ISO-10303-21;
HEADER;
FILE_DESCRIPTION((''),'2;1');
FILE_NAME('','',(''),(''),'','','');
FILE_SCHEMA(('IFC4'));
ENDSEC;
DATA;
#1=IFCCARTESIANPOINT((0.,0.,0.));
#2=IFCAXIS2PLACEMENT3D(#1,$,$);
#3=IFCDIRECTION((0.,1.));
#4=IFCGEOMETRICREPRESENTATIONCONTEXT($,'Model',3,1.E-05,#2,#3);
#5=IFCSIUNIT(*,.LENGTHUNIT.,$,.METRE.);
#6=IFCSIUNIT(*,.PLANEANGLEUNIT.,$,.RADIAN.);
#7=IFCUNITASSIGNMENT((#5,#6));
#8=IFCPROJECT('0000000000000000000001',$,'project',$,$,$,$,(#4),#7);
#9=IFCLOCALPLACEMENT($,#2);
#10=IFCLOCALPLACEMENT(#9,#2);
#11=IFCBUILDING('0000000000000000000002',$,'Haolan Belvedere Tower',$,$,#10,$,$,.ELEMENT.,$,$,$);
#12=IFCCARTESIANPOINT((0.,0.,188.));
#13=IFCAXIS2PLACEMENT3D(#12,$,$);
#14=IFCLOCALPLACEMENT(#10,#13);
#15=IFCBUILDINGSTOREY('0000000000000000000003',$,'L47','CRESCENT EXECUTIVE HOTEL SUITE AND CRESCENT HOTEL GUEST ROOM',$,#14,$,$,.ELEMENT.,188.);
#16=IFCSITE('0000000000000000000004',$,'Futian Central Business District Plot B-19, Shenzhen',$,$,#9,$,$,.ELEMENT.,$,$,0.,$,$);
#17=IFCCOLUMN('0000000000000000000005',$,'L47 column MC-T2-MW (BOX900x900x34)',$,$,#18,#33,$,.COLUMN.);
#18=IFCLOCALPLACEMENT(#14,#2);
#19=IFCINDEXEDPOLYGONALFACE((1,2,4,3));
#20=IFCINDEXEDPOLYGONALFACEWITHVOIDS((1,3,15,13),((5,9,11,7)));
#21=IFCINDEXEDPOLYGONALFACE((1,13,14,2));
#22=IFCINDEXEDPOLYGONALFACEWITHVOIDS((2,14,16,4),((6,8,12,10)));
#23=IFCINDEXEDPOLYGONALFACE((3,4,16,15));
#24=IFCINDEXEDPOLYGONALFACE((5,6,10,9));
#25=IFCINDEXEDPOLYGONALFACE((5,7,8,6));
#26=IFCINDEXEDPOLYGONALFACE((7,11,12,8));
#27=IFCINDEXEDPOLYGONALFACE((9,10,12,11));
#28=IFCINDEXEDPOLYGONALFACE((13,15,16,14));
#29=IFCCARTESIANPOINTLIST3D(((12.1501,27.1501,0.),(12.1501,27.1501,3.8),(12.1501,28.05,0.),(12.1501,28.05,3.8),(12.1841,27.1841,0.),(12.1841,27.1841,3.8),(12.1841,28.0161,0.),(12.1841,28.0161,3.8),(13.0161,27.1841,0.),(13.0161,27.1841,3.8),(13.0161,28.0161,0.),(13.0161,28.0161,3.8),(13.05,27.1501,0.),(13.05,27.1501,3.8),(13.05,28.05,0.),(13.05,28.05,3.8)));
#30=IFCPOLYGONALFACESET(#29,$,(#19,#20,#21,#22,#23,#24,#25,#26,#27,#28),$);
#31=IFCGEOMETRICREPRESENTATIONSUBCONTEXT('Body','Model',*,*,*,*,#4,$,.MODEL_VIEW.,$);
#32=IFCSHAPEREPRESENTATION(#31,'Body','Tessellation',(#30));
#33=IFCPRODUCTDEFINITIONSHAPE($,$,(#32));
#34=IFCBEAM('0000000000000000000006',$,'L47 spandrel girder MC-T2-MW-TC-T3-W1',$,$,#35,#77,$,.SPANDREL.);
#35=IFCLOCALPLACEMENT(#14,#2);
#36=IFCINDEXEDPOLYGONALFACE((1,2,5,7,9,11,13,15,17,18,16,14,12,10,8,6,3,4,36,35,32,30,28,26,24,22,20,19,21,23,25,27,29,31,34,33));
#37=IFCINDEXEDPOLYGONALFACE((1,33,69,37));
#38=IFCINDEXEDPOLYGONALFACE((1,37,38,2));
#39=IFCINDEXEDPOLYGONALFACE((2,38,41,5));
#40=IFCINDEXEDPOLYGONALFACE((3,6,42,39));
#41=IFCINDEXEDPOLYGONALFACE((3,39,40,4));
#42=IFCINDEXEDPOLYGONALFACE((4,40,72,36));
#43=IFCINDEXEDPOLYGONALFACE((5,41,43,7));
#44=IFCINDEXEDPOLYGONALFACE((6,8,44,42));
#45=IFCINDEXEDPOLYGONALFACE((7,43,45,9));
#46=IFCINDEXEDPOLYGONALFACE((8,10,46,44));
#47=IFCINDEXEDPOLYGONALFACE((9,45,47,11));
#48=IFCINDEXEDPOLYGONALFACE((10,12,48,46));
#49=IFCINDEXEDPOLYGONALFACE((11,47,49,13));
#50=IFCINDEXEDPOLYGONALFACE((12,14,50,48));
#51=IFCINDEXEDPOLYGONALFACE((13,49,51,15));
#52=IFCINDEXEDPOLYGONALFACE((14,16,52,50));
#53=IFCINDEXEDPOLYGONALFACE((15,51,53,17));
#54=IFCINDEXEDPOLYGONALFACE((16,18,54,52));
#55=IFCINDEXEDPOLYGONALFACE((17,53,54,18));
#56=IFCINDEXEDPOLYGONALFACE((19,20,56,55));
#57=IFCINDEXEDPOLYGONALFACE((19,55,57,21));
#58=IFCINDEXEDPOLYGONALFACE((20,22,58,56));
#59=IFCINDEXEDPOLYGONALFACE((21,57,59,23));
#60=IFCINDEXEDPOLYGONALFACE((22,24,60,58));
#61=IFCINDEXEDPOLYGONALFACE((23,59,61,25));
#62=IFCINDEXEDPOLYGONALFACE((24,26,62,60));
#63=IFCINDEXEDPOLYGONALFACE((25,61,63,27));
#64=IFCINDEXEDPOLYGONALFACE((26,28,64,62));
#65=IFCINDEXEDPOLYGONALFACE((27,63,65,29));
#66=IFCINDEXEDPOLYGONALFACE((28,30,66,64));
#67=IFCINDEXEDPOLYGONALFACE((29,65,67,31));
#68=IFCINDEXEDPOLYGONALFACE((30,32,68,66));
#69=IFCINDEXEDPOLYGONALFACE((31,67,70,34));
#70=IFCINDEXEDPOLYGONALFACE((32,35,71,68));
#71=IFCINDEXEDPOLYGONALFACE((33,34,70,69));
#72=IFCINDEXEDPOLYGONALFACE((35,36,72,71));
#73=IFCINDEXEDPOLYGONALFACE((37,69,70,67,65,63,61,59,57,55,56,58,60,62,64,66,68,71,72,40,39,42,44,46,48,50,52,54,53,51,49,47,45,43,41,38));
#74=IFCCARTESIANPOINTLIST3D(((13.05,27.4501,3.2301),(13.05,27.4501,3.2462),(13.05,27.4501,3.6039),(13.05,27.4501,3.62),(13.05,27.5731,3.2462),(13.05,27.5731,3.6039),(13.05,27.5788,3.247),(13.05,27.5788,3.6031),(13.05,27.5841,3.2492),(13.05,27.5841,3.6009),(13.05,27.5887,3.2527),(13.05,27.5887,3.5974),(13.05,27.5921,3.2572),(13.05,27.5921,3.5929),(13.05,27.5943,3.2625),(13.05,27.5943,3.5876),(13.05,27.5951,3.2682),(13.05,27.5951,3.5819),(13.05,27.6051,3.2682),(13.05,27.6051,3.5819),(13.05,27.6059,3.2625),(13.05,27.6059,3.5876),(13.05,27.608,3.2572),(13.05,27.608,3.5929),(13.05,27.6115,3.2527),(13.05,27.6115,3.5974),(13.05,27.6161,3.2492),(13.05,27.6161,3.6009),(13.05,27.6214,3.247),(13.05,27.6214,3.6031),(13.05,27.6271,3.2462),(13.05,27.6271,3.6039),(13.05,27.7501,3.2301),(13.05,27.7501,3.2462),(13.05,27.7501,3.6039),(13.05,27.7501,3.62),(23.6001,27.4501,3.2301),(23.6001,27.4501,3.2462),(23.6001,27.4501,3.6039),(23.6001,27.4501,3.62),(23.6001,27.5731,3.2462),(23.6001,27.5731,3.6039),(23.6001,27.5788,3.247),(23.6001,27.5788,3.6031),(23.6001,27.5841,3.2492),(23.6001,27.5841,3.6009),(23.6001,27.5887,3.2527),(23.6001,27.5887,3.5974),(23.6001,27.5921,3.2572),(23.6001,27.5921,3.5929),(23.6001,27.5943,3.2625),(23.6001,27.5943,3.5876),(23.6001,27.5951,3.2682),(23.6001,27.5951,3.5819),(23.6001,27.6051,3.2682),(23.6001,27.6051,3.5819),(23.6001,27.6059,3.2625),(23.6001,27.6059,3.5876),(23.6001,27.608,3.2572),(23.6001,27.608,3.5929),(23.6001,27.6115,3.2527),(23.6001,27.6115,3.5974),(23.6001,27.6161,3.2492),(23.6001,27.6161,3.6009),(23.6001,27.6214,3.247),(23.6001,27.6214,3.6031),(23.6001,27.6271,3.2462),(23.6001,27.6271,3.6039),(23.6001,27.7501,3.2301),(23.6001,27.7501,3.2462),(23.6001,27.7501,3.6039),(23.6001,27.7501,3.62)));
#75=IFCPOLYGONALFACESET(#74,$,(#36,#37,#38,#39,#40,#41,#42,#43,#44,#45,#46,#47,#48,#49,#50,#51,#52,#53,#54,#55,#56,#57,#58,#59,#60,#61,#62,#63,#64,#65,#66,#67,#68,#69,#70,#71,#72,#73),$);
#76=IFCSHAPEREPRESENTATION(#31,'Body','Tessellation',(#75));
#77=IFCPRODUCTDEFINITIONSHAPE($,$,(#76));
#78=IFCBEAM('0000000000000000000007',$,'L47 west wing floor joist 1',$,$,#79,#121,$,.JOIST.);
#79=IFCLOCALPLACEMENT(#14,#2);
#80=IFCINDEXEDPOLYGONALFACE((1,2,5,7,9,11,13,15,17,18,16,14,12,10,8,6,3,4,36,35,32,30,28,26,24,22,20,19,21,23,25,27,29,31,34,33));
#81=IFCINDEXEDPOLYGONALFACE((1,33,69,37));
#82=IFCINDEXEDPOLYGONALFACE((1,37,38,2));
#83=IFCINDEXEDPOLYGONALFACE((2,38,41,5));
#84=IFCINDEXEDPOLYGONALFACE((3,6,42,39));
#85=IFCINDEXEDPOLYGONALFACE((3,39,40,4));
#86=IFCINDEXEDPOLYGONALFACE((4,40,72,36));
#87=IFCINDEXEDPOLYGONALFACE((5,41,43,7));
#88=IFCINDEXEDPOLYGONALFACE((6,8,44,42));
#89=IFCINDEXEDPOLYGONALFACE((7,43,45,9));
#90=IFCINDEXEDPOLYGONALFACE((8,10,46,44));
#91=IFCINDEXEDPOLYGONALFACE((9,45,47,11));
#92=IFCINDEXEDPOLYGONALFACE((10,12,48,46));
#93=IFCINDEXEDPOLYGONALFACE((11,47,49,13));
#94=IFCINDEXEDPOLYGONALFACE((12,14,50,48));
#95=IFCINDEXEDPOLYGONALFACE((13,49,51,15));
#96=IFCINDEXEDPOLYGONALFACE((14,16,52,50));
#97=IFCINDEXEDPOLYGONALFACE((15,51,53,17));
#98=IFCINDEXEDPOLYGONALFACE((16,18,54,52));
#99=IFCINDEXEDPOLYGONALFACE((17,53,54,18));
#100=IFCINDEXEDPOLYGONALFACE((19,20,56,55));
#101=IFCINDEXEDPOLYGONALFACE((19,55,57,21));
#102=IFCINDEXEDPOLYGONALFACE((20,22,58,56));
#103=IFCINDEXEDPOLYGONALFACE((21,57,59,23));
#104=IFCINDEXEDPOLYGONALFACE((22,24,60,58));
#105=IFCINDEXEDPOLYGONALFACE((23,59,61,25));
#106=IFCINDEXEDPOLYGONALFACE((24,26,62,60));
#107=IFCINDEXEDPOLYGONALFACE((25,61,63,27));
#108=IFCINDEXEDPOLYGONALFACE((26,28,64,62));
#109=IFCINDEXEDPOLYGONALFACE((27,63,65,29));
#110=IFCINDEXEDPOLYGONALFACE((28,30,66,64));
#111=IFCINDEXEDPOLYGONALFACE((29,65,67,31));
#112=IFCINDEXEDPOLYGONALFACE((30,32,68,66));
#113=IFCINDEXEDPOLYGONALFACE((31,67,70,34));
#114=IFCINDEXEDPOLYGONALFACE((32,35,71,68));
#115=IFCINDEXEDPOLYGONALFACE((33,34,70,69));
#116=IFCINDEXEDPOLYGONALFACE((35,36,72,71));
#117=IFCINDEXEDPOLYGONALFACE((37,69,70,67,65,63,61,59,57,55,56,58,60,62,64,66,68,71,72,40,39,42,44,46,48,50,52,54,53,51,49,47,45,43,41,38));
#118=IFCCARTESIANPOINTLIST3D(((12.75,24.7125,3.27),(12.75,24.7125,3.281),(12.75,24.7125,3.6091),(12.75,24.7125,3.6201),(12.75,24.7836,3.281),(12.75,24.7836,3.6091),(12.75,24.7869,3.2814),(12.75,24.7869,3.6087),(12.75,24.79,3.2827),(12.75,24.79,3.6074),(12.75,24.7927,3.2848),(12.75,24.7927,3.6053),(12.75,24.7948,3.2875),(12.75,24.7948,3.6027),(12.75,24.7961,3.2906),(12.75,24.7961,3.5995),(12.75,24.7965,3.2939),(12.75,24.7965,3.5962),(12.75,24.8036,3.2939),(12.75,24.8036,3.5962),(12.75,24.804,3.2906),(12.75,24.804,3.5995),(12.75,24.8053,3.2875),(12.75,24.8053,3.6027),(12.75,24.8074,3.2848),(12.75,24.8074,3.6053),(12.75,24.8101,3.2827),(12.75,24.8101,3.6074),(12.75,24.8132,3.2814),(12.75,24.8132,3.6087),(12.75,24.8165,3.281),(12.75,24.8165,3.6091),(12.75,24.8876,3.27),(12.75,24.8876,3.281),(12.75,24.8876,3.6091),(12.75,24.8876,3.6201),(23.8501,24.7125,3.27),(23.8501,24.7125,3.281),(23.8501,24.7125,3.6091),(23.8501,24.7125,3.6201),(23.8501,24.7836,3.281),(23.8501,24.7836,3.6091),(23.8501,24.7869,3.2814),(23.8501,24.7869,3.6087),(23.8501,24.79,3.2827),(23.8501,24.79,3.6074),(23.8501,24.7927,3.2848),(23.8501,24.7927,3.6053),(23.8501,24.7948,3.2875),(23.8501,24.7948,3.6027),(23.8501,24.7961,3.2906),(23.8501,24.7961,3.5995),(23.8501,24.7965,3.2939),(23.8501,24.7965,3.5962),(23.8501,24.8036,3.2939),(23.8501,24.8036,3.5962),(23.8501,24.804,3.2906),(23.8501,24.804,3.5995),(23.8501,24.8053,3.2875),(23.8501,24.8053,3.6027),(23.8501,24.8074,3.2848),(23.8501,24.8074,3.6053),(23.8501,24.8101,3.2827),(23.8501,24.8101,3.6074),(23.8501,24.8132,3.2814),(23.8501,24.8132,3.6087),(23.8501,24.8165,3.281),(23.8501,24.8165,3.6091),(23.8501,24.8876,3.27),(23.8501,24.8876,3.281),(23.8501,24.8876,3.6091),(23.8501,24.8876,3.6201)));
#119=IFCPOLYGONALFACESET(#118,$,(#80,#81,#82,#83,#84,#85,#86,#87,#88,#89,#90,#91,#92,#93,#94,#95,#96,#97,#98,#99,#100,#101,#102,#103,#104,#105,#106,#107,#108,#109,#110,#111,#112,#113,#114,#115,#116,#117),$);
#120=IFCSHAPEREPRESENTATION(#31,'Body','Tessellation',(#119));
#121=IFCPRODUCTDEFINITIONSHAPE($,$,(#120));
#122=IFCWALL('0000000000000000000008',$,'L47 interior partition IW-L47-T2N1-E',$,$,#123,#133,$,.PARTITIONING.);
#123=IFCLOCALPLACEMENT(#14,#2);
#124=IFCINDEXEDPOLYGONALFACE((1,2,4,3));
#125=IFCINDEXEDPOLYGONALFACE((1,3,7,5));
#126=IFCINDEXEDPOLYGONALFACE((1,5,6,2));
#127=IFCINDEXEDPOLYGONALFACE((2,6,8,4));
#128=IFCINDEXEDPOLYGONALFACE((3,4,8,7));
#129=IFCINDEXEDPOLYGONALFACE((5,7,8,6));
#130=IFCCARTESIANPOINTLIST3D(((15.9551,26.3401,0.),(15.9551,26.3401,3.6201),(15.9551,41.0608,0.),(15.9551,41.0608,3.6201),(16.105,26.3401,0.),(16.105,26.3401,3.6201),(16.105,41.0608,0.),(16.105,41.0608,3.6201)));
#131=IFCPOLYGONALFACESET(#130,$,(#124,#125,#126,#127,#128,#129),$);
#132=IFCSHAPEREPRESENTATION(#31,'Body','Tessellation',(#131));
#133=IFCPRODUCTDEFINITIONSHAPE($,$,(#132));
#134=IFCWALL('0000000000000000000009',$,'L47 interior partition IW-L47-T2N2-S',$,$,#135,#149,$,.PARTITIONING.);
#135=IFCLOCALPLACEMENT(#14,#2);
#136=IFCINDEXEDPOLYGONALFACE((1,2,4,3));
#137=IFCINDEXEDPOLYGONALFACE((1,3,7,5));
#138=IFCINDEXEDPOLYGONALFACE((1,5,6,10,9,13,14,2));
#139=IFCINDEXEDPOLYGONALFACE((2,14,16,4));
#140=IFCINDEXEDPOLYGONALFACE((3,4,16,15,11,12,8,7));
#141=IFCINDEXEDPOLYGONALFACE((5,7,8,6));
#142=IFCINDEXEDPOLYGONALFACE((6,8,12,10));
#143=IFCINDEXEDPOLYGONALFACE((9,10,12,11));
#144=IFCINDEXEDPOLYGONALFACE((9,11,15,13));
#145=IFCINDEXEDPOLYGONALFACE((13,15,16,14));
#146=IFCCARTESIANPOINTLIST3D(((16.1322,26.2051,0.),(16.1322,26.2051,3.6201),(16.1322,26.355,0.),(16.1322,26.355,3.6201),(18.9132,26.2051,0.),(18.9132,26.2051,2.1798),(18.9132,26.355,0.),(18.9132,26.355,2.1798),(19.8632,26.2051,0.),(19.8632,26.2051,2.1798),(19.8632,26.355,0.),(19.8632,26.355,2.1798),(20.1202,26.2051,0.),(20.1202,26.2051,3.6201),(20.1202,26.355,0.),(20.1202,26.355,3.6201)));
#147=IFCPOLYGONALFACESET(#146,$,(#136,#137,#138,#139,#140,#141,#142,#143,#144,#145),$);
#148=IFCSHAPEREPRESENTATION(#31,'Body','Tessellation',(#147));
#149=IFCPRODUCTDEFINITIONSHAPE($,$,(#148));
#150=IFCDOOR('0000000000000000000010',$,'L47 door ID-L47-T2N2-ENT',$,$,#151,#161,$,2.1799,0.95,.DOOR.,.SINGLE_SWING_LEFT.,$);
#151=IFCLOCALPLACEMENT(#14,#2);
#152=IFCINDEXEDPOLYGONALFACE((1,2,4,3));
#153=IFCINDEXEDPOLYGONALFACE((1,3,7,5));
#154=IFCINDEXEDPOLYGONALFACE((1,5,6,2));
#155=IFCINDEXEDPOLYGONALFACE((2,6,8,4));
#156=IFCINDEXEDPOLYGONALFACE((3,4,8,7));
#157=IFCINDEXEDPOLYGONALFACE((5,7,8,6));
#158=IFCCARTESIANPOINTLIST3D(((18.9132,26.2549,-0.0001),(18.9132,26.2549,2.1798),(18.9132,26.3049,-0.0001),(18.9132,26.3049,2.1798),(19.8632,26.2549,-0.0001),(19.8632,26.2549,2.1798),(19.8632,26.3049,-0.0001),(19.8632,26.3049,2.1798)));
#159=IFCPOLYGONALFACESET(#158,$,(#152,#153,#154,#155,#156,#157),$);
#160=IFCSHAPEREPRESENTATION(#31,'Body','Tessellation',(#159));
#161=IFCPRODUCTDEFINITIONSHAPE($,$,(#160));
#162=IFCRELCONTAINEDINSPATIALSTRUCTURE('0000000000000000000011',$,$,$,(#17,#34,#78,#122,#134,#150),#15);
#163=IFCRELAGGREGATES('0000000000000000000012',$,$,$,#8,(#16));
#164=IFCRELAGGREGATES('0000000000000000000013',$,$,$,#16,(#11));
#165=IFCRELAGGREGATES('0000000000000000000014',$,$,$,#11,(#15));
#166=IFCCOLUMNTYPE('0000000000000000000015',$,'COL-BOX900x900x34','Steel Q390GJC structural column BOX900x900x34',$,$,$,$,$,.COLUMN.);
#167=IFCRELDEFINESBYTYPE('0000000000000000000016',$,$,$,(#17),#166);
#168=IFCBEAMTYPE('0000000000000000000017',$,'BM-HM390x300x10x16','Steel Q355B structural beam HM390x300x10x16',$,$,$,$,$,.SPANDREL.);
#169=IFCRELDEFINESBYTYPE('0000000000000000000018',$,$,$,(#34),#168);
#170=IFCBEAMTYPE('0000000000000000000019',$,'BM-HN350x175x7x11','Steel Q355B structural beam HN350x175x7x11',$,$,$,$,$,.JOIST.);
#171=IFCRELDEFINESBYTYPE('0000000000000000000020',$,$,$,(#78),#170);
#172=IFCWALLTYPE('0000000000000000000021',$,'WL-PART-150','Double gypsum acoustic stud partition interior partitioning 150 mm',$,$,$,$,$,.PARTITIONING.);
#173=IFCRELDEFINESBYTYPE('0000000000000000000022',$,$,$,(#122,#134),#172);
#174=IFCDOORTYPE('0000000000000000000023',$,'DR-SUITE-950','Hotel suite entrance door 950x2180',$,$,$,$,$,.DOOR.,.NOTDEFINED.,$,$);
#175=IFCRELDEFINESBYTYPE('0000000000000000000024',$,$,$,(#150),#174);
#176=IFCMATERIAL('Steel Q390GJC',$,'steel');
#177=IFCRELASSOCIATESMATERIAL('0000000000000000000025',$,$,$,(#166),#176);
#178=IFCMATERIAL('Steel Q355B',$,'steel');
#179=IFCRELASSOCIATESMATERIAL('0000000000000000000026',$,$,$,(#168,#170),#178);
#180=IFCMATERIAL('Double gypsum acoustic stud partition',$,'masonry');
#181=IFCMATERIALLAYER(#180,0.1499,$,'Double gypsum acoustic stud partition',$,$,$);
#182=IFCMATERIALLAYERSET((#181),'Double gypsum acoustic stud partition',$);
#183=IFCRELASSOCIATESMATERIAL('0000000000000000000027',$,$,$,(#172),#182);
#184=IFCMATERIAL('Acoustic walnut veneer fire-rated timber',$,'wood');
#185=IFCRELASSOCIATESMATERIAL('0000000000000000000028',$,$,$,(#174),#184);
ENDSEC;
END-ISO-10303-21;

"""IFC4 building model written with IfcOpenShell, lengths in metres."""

from ifc_helpers import new_model, si_unit, direction, frame, frame_2d, origin, origin_2d, place, context, subcontext, project, spatial, rectangle, hollow_rectangle, i_section, extrude, material, layer, layer_set, material_profile, profile_set, type_object, element, fill, save


model = new_model("IFC4")

# Units and contexts
model_context = context("Model", 3, precision=1e-05, world=origin(), true_north=direction((0.0, 1.0)))
body_context = subcontext(model_context, "Body", "Model", "MODEL_VIEW")
ifc_project = project(units=[si_unit("LENGTHUNIT", "METRE"), si_unit("PLANEANGLEUNIT", "RADIAN")], contexts=[model_context])

# Site, building, storey
site_placement = place(None, origin())
site = spatial("IfcSite", under=ifc_project, at=site_placement, Name="Futian Central Business District Plot B-19, Shenzhen", CompositionType="ELEMENT", RefElevation=0.0)
building_placement = place(site_placement, origin())
building = spatial("IfcBuilding", under=site, at=building_placement, Name="Haolan Belvedere Tower", CompositionType="ELEMENT")
storey_placement = place(building_placement, frame((0.0, 0.0, 188.0)))
storey = spatial("IfcBuildingStorey", under=building, at=storey_placement, Name="L47", Description="CRESCENT EXECUTIVE HOTEL SUITE AND CRESCENT HOTEL GUEST ROOM", CompositionType="ELEMENT", Elevation=188.0)

# Column
ifc_material_1 = material(Name="Steel Q390GJC", Category="steel")
ifc_material_profile_1 = material_profile(ifc_material_1, hollow_rectangle(XDim=0.8999, YDim=0.8999, WallThickness=0.0339, at=origin_2d()), Name="Steel Q390GJC")
ifc_profile_set_1 = profile_set([ifc_material_profile_1], Name="Steel Q390GJC")
column_type = type_object("IfcColumnType", Name="COL-BOX900x900x34", Description="Steel Q390GJC structural column BOX900x900x34", PredefinedType="COLUMN", material=ifc_profile_set_1)
column_placement = place(storey_placement, frame((12.6001, 27.6001, 0.0), z_axis=(0.0, 0.0, 1.0), x_axis=(1.0, 0.0, 0.0)))
element("IfcColumn", 1, at=column_placement, inside=storey, type_object=column_type, Name="L47 column MC-T2-MW (BOX900x900x34)", PredefinedType="COLUMN", context=body_context, shape_type="SweptSolid", body=[
    extrude(hollow_rectangle(XDim=0.8999, YDim=0.8999, WallThickness=0.0339, at=origin_2d()), origin(), (0.0, 0.0, 1.0), 3.8),
])

# Beams
ifc_material_2 = material(Name="Steel Q355B", Category="steel")
ifc_material_profile_2 = material_profile(ifc_material_2, i_section(OverallWidth=0.3, OverallDepth=0.3899, WebThickness=0.01, FlangeThickness=0.0161, FilletRadius=0.022, at=origin_2d()), Name="Steel Q355B")
ifc_profile_set_2 = profile_set([ifc_material_profile_2], Name="Steel Q355B")
beam_type_1 = type_object("IfcBeamType", Name="BM-HM390x300x10x16", Description="Steel Q355B structural beam HM390x300x10x16", PredefinedType="SPANDREL", material=ifc_profile_set_2)
beam_1_placement = place(storey_placement, frame((13.05, 27.6001, 3.425), z_axis=(1.0, 0.0, 0.0), x_axis=(0.0, 1.0, 0.0)))
element("IfcBeam", 2, at=beam_1_placement, inside=storey, type_object=beam_type_1, Name="L47 spandrel girder MC-T2-MW-TC-T3-W1", PredefinedType="SPANDREL", context=body_context, shape_type="SweptSolid", body=[
    extrude(i_section(OverallWidth=0.3, OverallDepth=0.3899, WebThickness=0.01, FlangeThickness=0.0161, FilletRadius=0.022, at=origin_2d()), origin(), (0.0, 0.0, 1.0), 10.55),
])
ifc_material_profile_3 = material_profile(ifc_material_2, i_section(OverallWidth=0.175, OverallDepth=0.3501, WebThickness=0.0071, FlangeThickness=0.011, FilletRadius=0.0129, at=origin_2d()), Name="Steel Q355B")
ifc_profile_set_3 = profile_set([ifc_material_profile_3], Name="Steel Q355B")
beam_type_2 = type_object("IfcBeamType", Name="BM-HN350x175x7x11", Description="Steel Q355B structural beam HN350x175x7x11", PredefinedType="JOIST", material=ifc_profile_set_3)
beam_2_placement = place(storey_placement, frame((12.75, 24.8, 3.4451), z_axis=(1.0, 0.0, 0.0), x_axis=(0.0, 1.0, 0.0)))
element("IfcBeam", 3, at=beam_2_placement, inside=storey, type_object=beam_type_2, Name="L47 west wing floor joist 1", PredefinedType="JOIST", context=body_context, shape_type="SweptSolid", body=[
    extrude(i_section(OverallWidth=0.175, OverallDepth=0.3501, WebThickness=0.0071, FlangeThickness=0.011, FilletRadius=0.0129, at=origin_2d()), origin(), (0.0, 0.0, 1.0), 11.1001),
])

# Shared definitions
ifc_material_3 = material(Name="Double gypsum acoustic stud partition", Category="masonry")
ifc_layer_1 = layer(ifc_material_3, 0.1499, Name="Double gypsum acoustic stud partition")
ifc_layer_set_1 = layer_set([ifc_layer_1], Name="Double gypsum acoustic stud partition")
wall_type_1 = type_object("IfcWallType", Name="WL-PART-150", Description="Double gypsum acoustic stud partition interior partitioning 150 mm", PredefinedType="PARTITIONING", material=ifc_layer_set_1)

# Wall
wall_1_placement = place(storey_placement, frame((16.03, 26.3401, 0.0), z_axis=(0.0, 0.0, 1.0), x_axis=(0.0, 1.0, 0.0)))
element("IfcWall", 4, at=wall_1_placement, inside=storey, type_object=wall_type_1, Name="L47 interior partition IW-L47-T2N1-E", PredefinedType="PARTITIONING", context=body_context, shape_type="SweptSolid", body=[
    extrude(rectangle(XDim=14.7207, YDim=0.1499, at=frame_2d((7.3604, 0.0))), origin(), (0.0, 0.0, 1.0), 3.6201),
])

# Wall, opening, door
wall_2_placement = place(storey_placement, frame((16.1321, 26.28, 0.0), z_axis=(0.0, 0.0, 1.0), x_axis=(1.0, 0.0, 0.0)))
wall_2 = element("IfcWall", 5, at=wall_2_placement, inside=storey, type_object=wall_type_1, Name="L47 interior partition IW-L47-T2N2-S", PredefinedType="PARTITIONING", context=body_context, shape_type="SweptSolid", body=[
    extrude(rectangle(XDim=3.988, YDim=0.1499, at=frame_2d((1.9941, 0.0))), origin(), (0.0, 0.0, 1.0), 3.6201),
])
opening_1_placement = place(wall_2_placement, frame((2.781, 0.0, 0.0)))
opening_1 = element("IfcOpeningElement", 6, at=opening_1_placement, cuts=wall_2, PredefinedType="OPENING", context=body_context, shape_type="SweptSolid", body=[
    extrude(rectangle(XDim=0.95, YDim=2.1799, at=frame_2d((0.4751, 1.0898))), frame((0.0, 0.085, 0.0), z_axis=(0.0, -1.0, 0.0), x_axis=(1.0, 0.0, 0.0)), (0.0, 0.0, 1.0), 0.1699),
])
ifc_material_4 = material(Name="Acoustic walnut veneer fire-rated timber", Category="wood")
door_type_1 = type_object("IfcDoorType", Name="DR-SUITE-950", Description="Hotel suite entrance door 950x2180", OperationType="NOTDEFINED", PredefinedType="DOOR", material=ifc_material_4)
door_1_placement = place(opening_1_placement, origin())
door_1 = element("IfcDoor", 7, at=door_1_placement, inside=storey, type_object=door_type_1, Name="L47 door ID-L47-T2N2-ENT", OperationType="SINGLE_SWING_LEFT", OverallHeight=2.1799, OverallWidth=0.95, PredefinedType="DOOR", context=body_context, shape_type="SweptSolid", body=[
    extrude(rectangle(XDim=0.95, YDim=2.1799, at=frame_2d((0.4751, 1.0898))), frame((0.0, 0.0249, 0.0), z_axis=(0.0, -1.0, 0.0), x_axis=(1.0, 0.0, 0.0)), (0.0, 0.0, 1.0), 0.05),
])
fill(opening_1, door_1)

save(model, "model.ifc")
